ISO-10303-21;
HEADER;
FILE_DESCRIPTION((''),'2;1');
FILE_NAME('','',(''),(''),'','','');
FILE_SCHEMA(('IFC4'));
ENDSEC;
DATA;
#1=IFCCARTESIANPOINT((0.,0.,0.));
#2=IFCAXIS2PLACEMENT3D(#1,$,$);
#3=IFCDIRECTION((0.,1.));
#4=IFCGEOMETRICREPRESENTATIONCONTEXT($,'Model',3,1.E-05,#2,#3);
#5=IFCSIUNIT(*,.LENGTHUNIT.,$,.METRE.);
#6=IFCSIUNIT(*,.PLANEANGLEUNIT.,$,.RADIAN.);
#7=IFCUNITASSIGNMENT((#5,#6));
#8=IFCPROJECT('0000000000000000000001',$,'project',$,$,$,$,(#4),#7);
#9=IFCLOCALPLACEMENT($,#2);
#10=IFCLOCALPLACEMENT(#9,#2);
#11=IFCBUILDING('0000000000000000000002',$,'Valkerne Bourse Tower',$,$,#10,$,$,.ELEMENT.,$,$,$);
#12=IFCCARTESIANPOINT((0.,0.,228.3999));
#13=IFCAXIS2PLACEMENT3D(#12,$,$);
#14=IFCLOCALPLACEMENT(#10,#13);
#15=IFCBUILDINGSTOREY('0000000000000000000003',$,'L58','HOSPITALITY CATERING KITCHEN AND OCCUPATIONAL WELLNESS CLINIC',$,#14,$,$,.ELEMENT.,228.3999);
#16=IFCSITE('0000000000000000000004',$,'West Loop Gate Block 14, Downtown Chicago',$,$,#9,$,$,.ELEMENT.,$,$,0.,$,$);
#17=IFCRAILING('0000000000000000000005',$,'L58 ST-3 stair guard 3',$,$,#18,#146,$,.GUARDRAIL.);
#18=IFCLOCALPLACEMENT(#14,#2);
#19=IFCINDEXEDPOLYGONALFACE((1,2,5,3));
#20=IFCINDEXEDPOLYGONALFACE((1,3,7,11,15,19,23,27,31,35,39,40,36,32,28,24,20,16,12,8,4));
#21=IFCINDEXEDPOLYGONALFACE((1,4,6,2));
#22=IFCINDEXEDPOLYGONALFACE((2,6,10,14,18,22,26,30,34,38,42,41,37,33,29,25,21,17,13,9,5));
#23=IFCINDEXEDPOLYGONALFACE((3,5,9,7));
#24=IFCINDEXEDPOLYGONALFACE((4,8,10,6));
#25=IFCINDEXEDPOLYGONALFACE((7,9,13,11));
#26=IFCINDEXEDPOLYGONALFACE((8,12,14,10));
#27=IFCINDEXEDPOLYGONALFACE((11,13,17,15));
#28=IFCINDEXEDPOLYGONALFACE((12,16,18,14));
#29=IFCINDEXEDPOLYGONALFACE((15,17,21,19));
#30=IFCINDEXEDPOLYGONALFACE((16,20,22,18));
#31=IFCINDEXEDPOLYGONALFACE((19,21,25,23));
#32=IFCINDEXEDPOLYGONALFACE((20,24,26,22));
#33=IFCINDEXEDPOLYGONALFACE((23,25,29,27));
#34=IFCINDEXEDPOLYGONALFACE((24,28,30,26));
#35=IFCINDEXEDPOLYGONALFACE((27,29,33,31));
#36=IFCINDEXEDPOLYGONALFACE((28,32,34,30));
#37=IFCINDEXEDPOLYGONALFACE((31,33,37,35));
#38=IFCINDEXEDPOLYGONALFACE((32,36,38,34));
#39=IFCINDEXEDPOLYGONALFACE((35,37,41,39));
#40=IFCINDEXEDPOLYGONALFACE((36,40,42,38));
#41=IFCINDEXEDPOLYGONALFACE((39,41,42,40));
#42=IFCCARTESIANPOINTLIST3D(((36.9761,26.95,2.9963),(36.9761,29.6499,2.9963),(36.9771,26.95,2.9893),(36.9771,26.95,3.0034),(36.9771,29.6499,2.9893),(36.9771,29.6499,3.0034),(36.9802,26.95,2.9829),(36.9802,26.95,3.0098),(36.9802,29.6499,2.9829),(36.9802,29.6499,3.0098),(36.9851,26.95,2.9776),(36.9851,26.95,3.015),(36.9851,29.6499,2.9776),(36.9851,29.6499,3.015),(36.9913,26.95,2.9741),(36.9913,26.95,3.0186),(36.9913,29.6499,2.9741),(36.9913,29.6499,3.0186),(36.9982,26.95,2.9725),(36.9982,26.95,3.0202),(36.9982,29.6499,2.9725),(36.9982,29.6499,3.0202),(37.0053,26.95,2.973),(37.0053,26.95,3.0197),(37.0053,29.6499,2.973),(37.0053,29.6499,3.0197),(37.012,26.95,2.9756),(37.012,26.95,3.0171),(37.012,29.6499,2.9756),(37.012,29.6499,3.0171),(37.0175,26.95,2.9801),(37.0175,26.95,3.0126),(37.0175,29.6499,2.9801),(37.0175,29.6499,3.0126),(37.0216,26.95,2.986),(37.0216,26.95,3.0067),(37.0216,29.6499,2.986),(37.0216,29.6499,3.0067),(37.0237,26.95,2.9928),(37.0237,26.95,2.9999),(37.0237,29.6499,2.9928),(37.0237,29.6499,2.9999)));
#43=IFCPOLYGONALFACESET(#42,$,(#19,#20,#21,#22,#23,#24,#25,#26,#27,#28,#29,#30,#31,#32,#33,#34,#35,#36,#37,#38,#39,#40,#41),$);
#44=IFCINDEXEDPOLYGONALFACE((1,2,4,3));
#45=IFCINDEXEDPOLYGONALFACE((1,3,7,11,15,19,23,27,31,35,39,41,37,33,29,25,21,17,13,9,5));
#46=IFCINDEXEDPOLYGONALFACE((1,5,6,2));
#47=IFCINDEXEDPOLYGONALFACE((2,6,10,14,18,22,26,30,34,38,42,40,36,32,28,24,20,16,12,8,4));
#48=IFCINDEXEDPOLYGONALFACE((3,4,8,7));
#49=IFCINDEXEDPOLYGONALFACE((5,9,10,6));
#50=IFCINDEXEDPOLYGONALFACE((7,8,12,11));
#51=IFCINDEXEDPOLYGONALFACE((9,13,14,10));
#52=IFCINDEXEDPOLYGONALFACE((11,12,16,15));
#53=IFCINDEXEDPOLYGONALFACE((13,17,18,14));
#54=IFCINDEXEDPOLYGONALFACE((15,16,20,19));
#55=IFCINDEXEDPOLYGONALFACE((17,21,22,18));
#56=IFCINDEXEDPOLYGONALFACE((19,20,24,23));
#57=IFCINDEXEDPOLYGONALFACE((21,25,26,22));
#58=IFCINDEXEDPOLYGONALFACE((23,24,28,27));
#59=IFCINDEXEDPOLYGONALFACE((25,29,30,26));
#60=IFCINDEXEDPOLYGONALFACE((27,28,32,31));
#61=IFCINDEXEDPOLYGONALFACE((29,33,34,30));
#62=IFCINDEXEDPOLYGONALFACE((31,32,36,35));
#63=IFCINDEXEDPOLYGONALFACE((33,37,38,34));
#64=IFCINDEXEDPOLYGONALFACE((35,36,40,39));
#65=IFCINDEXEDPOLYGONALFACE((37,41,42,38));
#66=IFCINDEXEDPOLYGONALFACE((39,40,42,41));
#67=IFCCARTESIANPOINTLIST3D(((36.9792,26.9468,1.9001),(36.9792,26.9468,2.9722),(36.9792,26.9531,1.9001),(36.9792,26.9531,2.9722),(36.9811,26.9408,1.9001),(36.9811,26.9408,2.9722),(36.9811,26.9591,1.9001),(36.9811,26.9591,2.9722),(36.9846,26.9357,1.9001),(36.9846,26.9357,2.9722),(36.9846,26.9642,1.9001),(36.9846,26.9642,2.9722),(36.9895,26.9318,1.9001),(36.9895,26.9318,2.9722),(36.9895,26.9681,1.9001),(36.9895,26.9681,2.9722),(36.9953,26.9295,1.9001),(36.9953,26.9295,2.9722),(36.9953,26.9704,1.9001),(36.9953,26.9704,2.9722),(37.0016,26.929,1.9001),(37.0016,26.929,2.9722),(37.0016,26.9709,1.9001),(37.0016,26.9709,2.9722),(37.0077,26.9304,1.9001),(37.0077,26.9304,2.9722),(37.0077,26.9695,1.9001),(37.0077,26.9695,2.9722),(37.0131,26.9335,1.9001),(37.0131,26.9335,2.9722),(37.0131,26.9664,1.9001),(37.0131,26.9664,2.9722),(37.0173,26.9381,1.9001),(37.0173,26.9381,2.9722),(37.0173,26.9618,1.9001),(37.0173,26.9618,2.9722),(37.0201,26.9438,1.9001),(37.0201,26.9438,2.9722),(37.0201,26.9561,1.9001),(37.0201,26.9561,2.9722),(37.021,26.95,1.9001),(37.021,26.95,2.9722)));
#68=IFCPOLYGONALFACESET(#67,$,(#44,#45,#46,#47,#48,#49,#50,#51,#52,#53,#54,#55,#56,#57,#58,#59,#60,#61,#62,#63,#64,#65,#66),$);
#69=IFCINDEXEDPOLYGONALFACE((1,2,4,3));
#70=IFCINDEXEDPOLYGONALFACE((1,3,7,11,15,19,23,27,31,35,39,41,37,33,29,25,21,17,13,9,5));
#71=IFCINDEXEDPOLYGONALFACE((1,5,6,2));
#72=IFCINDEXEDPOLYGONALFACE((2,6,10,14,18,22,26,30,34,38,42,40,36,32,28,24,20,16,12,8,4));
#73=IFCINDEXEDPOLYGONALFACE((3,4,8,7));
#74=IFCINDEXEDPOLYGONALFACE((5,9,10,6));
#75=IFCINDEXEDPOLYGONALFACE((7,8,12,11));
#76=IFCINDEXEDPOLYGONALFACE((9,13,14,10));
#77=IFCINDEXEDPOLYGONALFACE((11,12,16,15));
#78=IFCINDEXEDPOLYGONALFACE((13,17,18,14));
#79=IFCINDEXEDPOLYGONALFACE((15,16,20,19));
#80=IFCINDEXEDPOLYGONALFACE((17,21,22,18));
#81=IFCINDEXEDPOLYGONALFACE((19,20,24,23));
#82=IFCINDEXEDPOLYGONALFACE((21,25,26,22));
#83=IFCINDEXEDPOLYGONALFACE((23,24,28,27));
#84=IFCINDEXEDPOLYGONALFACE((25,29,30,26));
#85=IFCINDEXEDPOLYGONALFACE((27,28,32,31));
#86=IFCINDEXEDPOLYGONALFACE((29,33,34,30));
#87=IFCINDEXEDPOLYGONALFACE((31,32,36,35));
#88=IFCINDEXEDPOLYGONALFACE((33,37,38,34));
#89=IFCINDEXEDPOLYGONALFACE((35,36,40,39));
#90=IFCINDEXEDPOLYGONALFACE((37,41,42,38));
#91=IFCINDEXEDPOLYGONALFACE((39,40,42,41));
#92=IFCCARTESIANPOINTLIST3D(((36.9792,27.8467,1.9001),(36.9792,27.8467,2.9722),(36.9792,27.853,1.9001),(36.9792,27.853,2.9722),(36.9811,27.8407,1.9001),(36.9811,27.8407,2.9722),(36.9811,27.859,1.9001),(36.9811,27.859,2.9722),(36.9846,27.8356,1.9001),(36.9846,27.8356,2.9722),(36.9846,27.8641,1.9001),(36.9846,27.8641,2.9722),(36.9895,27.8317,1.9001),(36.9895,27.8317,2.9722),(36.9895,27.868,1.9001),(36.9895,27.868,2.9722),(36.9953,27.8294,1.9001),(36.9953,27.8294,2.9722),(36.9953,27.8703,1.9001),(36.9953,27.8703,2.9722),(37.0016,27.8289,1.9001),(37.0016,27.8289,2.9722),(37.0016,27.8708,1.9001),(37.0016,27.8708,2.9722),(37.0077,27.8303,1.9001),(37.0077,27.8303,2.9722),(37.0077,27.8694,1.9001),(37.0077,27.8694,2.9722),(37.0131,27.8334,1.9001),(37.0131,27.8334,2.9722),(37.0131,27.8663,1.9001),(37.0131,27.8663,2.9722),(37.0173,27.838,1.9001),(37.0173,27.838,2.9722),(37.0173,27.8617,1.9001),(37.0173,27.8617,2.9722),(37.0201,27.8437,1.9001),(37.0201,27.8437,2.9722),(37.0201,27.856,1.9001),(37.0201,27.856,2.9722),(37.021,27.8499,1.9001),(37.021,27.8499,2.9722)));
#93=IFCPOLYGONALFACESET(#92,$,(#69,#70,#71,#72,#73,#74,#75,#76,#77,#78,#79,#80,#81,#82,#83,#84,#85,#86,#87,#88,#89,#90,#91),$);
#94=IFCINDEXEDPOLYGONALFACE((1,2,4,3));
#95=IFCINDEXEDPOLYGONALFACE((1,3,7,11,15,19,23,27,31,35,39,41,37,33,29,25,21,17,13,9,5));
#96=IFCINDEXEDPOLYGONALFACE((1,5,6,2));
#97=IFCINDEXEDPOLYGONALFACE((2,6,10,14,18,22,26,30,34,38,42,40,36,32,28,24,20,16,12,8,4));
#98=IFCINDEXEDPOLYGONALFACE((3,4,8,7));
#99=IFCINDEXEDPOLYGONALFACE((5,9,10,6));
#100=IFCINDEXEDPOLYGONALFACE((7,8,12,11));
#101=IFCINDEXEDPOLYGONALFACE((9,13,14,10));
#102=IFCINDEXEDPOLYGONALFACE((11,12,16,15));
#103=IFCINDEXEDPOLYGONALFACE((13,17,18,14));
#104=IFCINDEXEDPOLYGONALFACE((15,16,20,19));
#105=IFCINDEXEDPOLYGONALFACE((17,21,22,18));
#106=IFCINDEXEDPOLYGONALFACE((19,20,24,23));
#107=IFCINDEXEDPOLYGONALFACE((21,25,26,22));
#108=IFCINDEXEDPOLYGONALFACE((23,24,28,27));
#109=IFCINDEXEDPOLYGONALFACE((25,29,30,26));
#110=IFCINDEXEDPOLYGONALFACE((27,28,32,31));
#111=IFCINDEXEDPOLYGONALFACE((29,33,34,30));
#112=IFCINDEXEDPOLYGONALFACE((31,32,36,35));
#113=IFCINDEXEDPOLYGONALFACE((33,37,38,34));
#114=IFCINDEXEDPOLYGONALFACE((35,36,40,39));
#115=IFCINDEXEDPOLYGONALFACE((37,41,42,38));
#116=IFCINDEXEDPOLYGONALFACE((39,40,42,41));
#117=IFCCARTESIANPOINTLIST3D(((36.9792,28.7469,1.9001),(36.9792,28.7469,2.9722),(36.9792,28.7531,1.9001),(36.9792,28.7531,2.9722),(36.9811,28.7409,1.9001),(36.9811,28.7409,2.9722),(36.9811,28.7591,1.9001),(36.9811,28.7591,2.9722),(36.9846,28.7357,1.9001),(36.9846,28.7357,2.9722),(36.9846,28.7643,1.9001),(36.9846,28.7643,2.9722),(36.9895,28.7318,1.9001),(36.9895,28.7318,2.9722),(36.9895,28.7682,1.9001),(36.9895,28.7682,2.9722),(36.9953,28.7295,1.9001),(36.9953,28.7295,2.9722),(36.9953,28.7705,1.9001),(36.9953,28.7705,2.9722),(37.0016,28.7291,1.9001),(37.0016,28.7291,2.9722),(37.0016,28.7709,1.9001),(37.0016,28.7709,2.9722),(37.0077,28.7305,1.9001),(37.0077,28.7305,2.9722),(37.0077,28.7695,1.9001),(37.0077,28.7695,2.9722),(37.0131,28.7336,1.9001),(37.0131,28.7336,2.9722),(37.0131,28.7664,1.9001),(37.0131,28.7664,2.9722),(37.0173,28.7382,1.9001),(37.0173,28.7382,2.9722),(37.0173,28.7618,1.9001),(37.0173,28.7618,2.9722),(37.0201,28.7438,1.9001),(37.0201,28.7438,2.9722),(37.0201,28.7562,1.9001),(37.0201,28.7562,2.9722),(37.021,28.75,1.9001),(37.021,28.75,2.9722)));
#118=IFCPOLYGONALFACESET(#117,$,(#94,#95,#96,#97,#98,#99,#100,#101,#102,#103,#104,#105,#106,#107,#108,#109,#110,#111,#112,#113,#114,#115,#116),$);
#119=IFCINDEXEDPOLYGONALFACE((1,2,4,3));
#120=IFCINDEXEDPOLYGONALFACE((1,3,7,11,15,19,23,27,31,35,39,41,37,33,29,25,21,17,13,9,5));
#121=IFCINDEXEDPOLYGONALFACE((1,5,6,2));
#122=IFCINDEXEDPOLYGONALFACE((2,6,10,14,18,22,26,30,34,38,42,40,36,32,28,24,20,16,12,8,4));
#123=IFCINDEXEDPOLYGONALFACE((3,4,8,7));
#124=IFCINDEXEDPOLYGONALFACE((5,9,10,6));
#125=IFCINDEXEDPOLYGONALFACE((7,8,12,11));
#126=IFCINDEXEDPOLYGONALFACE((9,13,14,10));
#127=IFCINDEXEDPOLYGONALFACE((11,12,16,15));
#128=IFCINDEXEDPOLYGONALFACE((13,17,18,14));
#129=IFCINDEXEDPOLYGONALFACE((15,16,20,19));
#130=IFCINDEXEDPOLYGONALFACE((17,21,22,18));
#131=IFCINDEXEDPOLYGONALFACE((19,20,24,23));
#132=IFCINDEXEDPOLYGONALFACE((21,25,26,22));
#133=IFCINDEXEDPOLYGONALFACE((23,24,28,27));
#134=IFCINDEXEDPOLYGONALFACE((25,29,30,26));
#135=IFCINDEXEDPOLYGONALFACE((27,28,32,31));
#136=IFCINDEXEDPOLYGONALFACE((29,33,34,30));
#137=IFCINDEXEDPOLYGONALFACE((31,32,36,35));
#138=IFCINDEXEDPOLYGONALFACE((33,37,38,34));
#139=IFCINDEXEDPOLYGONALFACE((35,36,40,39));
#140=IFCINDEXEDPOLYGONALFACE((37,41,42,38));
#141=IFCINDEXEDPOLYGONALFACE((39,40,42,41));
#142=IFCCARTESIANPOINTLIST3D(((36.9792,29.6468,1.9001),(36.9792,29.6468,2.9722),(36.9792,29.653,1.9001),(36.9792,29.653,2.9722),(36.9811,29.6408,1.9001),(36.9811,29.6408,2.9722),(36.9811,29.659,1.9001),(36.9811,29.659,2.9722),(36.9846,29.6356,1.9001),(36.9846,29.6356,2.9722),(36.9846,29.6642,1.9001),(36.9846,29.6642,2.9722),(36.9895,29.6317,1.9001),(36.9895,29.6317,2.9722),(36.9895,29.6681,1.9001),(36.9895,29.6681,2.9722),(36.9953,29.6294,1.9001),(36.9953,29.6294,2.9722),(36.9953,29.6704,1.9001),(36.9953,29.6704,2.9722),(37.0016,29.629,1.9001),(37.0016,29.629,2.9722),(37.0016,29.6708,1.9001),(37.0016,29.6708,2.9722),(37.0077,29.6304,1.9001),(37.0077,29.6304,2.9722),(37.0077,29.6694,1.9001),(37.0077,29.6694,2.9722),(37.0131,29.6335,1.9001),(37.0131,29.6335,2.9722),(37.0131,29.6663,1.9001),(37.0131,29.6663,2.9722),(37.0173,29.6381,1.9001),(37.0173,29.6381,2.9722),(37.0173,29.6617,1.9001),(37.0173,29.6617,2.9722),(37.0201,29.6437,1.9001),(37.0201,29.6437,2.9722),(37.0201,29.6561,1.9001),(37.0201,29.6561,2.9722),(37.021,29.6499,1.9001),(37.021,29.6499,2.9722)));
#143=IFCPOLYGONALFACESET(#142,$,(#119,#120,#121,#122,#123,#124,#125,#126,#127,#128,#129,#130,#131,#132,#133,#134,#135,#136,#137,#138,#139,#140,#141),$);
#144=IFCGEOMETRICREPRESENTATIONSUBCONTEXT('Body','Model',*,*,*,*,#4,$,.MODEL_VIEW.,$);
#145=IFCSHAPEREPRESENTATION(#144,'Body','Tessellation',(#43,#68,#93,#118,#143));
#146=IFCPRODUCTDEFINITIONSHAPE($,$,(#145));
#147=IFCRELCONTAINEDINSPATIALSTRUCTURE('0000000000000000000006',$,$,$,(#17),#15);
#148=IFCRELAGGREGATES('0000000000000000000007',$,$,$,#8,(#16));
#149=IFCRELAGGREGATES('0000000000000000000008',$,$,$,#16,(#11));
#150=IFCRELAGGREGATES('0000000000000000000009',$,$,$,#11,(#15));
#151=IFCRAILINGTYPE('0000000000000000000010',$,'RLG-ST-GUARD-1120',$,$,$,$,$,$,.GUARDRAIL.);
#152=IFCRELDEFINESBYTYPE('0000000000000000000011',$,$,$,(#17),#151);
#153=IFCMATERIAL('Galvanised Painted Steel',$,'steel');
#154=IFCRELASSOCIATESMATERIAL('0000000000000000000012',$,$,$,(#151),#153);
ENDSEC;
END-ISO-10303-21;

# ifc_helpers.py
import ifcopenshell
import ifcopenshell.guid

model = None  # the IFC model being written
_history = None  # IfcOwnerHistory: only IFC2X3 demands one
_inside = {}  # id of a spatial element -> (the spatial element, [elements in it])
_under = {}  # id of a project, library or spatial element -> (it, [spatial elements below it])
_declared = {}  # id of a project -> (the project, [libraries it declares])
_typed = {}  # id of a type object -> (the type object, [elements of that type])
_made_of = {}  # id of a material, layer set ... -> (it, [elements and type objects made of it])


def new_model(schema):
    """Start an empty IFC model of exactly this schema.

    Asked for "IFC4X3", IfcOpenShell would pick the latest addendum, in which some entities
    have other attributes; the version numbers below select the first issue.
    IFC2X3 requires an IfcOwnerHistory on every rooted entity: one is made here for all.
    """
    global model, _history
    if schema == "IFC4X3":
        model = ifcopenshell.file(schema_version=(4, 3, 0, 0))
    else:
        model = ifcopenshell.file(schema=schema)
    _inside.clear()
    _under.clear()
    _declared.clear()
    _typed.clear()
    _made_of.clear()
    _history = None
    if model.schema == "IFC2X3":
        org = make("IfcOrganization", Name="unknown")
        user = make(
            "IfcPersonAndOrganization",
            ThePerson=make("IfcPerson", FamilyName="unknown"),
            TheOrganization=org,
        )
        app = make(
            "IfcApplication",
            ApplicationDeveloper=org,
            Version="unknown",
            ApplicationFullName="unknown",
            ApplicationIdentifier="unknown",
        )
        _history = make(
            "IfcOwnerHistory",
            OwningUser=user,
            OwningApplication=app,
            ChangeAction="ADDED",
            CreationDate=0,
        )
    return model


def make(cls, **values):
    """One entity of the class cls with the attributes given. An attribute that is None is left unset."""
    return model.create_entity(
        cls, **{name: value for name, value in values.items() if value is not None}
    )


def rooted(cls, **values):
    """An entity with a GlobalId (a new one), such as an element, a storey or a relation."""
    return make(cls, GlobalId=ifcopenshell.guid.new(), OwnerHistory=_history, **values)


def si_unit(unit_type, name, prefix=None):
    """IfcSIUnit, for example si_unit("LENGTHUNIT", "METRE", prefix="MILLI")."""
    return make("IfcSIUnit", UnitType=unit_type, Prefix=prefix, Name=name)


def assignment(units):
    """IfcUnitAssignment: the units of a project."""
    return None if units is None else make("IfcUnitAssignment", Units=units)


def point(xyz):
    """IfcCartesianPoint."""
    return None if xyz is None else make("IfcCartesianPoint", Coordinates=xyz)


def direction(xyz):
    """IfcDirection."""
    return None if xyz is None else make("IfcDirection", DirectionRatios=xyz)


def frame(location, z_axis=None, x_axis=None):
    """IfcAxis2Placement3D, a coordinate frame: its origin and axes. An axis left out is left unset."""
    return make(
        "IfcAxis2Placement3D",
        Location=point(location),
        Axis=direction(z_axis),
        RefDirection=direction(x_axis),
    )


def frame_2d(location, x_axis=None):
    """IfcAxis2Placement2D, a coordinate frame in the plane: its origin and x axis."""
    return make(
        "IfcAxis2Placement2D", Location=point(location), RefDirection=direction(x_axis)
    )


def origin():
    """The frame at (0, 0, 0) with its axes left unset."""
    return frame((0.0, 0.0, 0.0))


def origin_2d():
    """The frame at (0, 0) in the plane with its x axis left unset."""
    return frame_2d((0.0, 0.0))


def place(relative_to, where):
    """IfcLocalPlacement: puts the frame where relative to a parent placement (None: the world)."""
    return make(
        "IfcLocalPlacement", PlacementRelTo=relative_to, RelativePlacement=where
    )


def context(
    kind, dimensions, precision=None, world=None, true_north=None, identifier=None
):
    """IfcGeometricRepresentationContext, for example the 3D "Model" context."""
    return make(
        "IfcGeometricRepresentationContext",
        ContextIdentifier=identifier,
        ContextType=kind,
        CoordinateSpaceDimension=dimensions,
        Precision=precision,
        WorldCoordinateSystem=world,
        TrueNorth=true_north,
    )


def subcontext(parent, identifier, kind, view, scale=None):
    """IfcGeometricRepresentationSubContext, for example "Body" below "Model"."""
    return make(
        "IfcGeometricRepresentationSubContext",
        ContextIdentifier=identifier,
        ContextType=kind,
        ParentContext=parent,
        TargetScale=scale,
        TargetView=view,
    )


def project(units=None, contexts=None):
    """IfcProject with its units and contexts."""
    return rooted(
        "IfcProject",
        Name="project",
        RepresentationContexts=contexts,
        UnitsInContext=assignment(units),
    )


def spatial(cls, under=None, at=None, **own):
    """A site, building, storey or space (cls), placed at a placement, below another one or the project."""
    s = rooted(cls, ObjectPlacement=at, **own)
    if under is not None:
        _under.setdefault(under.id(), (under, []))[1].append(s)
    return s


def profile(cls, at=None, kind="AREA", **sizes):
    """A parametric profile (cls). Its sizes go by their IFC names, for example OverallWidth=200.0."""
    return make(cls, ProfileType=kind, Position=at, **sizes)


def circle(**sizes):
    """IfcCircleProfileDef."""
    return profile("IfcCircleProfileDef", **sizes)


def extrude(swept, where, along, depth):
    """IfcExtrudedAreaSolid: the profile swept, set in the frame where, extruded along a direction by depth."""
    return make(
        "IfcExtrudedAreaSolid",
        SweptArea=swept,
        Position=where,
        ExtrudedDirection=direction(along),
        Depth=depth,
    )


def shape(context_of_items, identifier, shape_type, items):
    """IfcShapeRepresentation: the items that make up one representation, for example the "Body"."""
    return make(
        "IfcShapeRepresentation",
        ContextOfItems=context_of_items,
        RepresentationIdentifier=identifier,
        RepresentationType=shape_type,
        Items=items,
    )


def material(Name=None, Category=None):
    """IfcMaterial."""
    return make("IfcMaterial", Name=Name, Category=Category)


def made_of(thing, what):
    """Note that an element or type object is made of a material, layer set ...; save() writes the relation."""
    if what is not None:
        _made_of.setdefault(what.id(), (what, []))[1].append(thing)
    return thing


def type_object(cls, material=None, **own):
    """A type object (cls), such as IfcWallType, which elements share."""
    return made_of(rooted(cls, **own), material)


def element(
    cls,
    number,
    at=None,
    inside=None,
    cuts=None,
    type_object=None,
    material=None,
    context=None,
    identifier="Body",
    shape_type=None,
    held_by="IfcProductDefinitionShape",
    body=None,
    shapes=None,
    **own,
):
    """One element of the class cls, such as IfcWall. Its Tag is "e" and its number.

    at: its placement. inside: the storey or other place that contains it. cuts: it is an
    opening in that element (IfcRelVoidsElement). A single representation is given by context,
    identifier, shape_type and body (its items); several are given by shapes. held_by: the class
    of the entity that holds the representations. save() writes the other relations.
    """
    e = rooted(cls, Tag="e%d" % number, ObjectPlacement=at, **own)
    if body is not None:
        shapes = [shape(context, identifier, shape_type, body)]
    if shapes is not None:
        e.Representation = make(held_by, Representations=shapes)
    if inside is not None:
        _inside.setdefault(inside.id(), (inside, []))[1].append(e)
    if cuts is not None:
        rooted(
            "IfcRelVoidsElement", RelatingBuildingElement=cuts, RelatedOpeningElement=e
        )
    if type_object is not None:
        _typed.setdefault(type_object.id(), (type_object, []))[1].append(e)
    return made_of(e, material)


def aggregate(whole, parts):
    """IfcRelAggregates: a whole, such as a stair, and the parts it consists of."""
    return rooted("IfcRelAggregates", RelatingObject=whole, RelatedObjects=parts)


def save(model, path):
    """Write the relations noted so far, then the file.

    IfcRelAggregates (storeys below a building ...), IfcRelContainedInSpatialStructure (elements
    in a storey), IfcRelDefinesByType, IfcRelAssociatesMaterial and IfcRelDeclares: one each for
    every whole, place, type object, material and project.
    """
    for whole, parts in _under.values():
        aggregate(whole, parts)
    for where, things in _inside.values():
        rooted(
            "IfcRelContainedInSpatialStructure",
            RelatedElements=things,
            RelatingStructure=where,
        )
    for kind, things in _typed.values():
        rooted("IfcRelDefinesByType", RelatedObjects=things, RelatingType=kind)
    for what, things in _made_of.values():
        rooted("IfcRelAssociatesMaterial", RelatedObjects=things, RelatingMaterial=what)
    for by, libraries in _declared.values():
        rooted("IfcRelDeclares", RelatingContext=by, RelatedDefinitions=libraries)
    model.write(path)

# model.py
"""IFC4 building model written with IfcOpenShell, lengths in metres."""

from ifc_helpers import new_model, si_unit, direction, frame, origin, origin_2d, place, context, subcontext, project, spatial, circle, extrude, material, type_object, element, save


model = new_model("IFC4")

# Units and contexts
model_context = context("Model", 3, precision=1e-05, world=origin(), true_north=direction((0.0, 1.0)))
body_context = subcontext(model_context, "Body", "Model", "MODEL_VIEW")
ifc_project = project(units=[si_unit("LENGTHUNIT", "METRE"), si_unit("PLANEANGLEUNIT", "RADIAN")], contexts=[model_context])

# Site, building, storey
site_placement = place(None, origin())
site = spatial("IfcSite", under=ifc_project, at=site_placement, Name="West Loop Gate Block 14, Downtown Chicago", CompositionType="ELEMENT", RefElevation=0.0)
building_placement = place(site_placement, origin())
building = spatial("IfcBuilding", under=site, at=building_placement, Name="Valkerne Bourse Tower", CompositionType="ELEMENT")
storey_placement = place(building_placement, frame((0.0, 0.0, 228.3999)))
storey = spatial("IfcBuildingStorey", under=building, at=storey_placement, Name="L58", Description="HOSPITALITY CATERING KITCHEN AND OCCUPATIONAL WELLNESS CLINIC", CompositionType="ELEMENT", Elevation=228.3999)

# Railing
ifc_material_1 = material(Name="Galvanised Painted Steel", Category="steel")
railing_type_1 = type_object("IfcRailingType", Name="RLG-ST-GUARD-1120", PredefinedType="GUARDRAIL", material=ifc_material_1)
railing_1_placement = place(storey_placement, frame((37.0, 26.95, 1.9001)))
element("IfcRailing", 1, at=railing_1_placement, inside=storey, type_object=railing_type_1, Name="L58 ST-3 stair guard 3", PredefinedType="GUARDRAIL", context=body_context, shape_type="SweptSolid", body=[
    extrude(circle(Radius=0.0239, at=origin_2d()), frame((0.0, 0.0, 1.0962), z_axis=(0.0, 1.0, 0.0), x_axis=(-1.0, 0.0, 0.0)), (0.0, 0.0, 1.0), 2.7),
    extrude(circle(Radius=0.021, at=origin_2d()), origin(), (0.0, 0.0, 1.0), 1.072),
    extrude(circle(Radius=0.021, at=origin_2d()), frame((0.0, 0.8999, 0.0)), (0.0, 0.0, 1.0), 1.072),
    extrude(circle(Radius=0.021, at=origin_2d()), frame((0.0, 1.8, 0.0)), (0.0, 0.0, 1.0), 1.072),
    extrude(circle(Radius=0.021, at=origin_2d()), frame((0.0, 2.7, 0.0)), (0.0, 0.0, 1.0), 1.072),
])

save(model, "model.ifc")
